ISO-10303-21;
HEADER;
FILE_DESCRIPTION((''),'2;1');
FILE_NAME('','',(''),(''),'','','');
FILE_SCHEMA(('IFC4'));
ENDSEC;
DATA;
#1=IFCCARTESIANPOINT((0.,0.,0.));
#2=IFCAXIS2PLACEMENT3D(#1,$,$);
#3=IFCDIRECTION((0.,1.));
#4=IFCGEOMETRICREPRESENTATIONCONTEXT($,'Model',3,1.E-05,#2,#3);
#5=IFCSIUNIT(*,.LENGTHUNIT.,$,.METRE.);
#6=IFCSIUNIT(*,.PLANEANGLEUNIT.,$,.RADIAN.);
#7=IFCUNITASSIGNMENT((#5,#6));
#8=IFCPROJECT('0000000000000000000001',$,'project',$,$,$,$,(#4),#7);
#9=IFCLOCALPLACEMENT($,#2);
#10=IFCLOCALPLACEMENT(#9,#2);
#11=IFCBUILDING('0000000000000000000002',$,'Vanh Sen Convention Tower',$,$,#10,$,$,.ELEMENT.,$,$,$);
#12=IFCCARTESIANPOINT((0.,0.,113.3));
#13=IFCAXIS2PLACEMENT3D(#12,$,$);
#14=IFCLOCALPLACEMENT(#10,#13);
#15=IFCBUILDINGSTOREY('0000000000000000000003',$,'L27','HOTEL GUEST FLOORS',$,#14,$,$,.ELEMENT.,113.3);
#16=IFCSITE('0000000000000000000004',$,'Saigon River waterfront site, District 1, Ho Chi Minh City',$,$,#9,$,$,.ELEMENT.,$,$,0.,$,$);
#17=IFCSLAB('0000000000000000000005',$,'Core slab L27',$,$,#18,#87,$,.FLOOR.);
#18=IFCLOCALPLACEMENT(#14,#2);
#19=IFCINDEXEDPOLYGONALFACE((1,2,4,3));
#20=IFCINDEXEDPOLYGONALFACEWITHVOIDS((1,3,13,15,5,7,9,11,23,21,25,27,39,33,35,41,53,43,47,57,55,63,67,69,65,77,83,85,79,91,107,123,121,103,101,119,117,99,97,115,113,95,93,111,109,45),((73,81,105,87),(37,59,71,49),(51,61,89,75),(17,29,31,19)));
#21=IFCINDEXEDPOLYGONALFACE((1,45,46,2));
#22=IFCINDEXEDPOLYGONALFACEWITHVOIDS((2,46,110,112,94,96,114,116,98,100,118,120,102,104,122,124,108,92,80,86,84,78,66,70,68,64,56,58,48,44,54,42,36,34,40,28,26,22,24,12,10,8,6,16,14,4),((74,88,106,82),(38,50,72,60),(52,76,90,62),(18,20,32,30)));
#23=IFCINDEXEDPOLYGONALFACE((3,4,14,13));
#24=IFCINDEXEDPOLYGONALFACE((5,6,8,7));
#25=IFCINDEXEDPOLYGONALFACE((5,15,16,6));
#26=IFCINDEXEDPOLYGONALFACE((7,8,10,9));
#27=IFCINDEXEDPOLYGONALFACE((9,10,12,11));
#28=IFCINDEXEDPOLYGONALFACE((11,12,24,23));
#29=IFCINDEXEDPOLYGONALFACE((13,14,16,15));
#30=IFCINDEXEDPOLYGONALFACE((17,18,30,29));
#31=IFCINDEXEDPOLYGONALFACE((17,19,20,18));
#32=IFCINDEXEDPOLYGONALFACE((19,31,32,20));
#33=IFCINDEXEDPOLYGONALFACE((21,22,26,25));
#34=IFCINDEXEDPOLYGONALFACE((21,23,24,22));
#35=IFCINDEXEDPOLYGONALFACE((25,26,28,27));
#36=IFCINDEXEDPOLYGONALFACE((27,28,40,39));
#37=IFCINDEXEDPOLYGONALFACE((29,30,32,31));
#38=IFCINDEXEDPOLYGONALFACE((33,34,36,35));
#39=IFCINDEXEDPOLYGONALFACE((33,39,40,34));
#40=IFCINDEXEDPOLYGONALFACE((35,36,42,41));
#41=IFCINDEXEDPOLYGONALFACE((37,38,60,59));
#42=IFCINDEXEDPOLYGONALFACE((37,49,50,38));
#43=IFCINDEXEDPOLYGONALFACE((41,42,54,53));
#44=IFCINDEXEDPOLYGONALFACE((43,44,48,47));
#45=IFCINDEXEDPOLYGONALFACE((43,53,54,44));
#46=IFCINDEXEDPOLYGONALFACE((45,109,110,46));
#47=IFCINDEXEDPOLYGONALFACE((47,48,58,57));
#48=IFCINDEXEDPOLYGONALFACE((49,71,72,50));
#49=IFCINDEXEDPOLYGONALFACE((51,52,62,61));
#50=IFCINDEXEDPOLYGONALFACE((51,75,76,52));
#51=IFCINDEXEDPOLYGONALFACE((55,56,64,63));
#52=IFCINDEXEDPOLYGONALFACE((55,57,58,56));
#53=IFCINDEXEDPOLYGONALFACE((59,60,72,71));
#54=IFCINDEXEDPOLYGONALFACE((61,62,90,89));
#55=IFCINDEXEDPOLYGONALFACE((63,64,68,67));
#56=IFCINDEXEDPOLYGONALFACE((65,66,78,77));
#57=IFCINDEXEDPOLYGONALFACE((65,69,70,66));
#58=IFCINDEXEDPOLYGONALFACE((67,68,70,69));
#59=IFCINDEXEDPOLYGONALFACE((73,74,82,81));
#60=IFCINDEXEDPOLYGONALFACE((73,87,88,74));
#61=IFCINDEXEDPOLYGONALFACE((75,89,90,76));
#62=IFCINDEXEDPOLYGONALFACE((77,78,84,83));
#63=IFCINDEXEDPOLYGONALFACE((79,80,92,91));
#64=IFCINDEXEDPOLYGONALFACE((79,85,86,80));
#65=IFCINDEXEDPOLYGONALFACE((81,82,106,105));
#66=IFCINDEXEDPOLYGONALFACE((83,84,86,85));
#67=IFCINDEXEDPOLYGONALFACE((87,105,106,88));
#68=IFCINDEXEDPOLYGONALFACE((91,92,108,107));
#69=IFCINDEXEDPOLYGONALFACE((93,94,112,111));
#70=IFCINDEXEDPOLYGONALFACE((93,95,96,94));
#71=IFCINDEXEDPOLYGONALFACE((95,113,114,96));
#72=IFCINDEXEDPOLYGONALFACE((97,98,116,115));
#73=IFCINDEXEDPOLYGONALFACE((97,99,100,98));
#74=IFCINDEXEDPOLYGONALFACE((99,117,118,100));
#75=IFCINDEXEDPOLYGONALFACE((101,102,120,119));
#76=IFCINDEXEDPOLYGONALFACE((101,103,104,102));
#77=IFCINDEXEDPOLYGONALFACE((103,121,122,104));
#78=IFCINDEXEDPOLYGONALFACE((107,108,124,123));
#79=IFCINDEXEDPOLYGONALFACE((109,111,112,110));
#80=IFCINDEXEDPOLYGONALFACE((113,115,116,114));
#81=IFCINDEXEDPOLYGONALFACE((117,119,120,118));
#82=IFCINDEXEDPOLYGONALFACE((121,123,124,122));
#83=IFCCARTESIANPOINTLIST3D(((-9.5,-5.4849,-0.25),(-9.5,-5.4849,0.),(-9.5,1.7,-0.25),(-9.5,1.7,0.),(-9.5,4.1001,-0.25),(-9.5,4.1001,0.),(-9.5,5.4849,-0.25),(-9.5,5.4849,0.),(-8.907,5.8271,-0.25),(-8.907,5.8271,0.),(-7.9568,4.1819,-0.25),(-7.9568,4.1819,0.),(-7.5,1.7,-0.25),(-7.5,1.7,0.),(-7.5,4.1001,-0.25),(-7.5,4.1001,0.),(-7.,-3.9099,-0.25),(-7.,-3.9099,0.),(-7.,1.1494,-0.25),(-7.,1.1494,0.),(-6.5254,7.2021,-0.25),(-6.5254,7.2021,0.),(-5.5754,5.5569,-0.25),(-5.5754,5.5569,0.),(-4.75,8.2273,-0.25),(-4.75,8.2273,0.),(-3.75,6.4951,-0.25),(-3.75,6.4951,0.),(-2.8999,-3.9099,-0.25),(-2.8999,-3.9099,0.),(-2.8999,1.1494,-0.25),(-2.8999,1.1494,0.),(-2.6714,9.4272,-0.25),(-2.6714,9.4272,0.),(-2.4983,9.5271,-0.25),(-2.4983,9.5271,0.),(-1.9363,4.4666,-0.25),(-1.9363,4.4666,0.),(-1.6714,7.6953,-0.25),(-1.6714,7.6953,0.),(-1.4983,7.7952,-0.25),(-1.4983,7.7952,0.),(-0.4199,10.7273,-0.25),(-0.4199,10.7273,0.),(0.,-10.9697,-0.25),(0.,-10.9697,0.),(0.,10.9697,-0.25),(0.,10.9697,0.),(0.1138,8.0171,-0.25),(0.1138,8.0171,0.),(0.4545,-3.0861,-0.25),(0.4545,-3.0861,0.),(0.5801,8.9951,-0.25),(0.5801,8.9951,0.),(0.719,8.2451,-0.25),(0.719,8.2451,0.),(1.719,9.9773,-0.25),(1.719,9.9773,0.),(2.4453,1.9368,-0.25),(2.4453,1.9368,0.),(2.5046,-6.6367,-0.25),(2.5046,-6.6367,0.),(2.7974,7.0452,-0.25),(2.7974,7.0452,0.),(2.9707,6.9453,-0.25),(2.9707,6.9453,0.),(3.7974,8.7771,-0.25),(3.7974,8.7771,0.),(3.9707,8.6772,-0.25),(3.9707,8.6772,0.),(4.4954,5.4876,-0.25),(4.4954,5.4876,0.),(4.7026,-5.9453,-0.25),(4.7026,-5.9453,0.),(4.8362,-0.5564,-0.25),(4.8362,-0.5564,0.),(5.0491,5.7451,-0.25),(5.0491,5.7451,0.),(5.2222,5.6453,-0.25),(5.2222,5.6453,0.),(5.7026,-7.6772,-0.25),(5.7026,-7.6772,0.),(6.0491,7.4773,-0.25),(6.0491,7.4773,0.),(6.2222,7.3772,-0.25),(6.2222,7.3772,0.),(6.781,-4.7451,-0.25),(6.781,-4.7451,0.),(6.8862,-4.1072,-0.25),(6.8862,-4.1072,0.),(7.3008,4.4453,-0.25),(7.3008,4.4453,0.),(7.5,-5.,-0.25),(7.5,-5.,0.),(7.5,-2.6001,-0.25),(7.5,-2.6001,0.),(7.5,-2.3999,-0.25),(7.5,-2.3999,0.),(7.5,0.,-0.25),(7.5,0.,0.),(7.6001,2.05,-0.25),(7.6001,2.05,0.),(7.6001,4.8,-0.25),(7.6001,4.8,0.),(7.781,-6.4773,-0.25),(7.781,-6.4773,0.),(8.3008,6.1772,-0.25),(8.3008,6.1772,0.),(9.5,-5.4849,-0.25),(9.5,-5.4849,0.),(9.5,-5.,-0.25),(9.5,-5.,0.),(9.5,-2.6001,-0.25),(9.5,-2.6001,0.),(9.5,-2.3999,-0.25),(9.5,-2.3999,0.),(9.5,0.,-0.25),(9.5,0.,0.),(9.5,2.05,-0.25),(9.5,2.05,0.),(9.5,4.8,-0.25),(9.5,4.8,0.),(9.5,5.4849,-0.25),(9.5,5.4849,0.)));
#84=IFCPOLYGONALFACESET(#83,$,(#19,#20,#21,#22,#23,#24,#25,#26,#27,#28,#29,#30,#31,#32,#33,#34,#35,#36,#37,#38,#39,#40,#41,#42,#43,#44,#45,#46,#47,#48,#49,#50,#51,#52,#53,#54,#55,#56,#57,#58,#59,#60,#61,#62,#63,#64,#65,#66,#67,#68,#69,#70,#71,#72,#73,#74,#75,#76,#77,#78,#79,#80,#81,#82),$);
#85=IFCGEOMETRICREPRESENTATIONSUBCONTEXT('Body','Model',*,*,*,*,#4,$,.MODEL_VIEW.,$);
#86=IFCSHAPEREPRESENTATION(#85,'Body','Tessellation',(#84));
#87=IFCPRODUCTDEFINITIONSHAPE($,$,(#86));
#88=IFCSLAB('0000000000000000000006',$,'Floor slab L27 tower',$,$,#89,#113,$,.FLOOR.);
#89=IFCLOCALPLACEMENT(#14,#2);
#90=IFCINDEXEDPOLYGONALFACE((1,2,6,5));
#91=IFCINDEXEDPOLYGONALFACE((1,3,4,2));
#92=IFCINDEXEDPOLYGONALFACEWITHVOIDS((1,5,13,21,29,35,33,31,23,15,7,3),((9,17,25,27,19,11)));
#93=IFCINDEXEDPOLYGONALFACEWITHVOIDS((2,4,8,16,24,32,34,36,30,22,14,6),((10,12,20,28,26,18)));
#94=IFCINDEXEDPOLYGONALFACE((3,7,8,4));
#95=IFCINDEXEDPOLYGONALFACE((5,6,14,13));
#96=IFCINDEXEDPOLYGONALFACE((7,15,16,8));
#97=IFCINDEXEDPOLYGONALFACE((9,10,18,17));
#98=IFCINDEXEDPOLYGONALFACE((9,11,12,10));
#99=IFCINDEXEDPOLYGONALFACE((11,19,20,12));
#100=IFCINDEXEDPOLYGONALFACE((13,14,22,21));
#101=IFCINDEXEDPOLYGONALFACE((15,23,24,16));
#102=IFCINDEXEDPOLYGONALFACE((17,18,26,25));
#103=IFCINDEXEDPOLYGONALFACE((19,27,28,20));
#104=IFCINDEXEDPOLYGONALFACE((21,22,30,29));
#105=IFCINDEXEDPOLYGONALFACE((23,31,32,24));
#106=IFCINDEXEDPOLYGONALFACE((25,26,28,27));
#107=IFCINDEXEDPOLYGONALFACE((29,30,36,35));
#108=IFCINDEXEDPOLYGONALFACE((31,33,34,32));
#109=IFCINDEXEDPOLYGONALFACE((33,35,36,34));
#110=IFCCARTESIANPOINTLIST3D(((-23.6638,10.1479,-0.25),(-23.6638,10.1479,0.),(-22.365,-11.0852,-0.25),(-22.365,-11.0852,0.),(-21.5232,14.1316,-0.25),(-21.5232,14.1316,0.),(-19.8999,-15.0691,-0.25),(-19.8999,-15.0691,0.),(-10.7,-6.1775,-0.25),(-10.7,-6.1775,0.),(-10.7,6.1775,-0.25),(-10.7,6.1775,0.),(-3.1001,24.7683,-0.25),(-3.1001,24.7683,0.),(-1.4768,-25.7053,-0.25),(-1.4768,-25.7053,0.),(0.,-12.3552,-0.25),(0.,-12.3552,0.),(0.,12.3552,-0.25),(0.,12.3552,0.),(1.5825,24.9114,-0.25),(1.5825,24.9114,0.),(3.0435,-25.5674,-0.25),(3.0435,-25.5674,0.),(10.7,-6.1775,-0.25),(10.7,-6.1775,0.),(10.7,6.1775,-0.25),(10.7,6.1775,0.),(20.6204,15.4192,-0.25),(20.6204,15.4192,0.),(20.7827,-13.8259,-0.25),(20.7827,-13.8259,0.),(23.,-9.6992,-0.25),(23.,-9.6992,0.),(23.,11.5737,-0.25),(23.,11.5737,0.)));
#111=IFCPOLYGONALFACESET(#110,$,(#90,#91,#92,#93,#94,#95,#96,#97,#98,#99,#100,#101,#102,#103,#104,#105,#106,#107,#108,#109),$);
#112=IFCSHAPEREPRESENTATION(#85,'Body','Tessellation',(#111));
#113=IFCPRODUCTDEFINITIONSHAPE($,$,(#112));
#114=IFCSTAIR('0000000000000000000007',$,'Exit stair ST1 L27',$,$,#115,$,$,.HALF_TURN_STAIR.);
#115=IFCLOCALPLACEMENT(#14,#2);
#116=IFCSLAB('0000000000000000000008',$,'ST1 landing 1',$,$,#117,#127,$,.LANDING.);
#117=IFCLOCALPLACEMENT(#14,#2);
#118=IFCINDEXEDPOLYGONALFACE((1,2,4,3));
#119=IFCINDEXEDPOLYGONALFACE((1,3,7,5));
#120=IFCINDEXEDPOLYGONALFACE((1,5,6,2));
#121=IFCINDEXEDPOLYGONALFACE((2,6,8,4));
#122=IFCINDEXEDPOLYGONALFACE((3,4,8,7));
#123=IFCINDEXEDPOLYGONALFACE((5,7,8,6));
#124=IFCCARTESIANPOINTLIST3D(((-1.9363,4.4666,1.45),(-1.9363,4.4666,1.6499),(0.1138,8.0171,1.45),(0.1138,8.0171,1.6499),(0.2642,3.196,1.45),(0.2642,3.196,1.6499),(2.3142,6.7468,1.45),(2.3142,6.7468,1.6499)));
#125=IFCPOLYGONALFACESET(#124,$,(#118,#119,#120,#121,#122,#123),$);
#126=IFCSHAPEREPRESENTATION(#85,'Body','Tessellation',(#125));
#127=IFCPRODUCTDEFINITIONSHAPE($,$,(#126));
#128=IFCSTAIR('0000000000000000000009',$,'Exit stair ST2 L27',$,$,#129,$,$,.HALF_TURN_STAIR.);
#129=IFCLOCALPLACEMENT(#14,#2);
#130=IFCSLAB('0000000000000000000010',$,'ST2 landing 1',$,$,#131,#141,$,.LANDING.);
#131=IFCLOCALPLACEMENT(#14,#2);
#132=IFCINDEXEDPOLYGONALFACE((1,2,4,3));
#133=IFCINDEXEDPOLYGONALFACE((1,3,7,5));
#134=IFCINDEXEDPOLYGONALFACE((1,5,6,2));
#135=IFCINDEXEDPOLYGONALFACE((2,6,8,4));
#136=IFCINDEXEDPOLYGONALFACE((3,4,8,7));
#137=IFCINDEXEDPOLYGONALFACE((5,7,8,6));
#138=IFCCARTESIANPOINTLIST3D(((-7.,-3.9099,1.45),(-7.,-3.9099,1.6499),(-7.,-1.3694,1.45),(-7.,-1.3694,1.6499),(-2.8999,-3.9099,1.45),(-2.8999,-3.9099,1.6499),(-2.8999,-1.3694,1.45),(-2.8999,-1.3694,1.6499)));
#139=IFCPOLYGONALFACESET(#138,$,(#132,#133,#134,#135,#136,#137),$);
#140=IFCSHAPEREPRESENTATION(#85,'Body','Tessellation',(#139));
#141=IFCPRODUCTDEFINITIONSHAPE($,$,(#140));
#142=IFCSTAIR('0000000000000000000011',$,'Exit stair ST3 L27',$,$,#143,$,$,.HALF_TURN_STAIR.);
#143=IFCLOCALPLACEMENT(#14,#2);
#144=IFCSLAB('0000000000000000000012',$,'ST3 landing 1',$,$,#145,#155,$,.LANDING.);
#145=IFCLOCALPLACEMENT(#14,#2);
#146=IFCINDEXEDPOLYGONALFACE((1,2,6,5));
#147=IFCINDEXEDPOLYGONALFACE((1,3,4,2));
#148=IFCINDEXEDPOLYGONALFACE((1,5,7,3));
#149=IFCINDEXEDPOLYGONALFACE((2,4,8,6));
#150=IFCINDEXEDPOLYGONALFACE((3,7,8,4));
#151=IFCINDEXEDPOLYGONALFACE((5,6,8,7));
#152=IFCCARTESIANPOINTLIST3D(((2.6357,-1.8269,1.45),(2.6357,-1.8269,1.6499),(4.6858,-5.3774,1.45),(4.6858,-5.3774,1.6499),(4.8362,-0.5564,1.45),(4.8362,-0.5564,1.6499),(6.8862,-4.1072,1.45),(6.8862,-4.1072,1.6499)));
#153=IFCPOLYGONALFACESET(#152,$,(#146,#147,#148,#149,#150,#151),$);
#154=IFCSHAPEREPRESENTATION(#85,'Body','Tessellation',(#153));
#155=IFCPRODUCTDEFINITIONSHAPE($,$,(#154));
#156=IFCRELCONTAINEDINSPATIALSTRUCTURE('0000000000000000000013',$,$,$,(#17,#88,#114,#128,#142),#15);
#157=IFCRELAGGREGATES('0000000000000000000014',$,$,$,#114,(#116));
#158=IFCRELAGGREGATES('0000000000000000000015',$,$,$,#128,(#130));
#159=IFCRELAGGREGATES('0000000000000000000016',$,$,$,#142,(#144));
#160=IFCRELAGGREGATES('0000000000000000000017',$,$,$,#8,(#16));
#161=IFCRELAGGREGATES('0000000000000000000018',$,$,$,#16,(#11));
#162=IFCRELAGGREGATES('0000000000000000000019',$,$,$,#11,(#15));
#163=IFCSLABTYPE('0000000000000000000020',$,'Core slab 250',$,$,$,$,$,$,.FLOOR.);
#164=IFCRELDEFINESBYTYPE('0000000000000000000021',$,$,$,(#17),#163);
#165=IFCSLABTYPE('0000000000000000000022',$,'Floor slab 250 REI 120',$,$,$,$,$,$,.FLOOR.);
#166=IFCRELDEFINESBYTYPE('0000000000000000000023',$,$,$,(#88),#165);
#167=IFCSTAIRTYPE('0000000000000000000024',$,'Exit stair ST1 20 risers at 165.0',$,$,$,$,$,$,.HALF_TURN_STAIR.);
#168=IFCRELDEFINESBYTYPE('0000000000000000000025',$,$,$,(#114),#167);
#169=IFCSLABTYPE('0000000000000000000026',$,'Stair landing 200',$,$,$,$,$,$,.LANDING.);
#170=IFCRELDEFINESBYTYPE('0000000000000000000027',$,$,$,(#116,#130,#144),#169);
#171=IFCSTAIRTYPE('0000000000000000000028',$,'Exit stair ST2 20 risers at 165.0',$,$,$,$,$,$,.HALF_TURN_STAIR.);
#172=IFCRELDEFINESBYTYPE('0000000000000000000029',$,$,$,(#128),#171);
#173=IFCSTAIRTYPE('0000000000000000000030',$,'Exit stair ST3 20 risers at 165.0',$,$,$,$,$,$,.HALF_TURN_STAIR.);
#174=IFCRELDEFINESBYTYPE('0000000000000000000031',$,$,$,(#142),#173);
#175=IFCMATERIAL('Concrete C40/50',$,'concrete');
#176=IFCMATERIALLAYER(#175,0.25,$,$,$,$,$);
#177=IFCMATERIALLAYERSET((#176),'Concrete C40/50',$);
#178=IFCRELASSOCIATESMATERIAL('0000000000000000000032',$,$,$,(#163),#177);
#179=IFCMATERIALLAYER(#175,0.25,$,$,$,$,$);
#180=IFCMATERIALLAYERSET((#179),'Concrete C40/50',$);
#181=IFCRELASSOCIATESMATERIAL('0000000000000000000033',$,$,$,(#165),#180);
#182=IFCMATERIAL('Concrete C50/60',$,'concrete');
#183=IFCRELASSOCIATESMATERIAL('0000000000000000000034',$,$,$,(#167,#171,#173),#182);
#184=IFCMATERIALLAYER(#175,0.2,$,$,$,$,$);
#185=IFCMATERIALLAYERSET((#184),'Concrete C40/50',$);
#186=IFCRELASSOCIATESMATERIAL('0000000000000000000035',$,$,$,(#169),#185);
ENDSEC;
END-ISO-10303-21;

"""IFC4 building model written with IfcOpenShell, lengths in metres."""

from ifc_helpers import new_model, si_unit, direction, frame, origin, place, context, subcontext, project, spatial, polyline, outline, extrude, material, layer, layer_set, type_object, element, aggregate, save


model = new_model("IFC4")

# Units and contexts
model_context = context("Model", 3, precision=1e-05, world=origin(), true_north=direction((0.0, 1.0)))
body_context = subcontext(model_context, "Body", "Model", "MODEL_VIEW")
ifc_project = project(units=[si_unit("LENGTHUNIT", "METRE"), si_unit("PLANEANGLEUNIT", "RADIAN")], contexts=[model_context])

# Site, building, storey
site_placement = place(None, origin())
site = spatial("IfcSite", under=ifc_project, at=site_placement, Name="Saigon River waterfront site, District 1, Ho Chi Minh City", CompositionType="ELEMENT", RefElevation=0.0)
building_placement = place(site_placement, origin())
building = spatial("IfcBuilding", under=site, at=building_placement, Name="Vanh Sen Convention Tower", CompositionType="ELEMENT")
storey_placement = place(building_placement, frame((0.0, 0.0, 113.3)))
storey = spatial("IfcBuildingStorey", under=building, at=storey_placement, Name="L27", Description="HOTEL GUEST FLOORS", CompositionType="ELEMENT", Elevation=113.3)

# Slabs
ifc_material_1 = material(Name="Concrete C40/50", Category="concrete")
ifc_layer_1 = layer(ifc_material_1, 0.25)
ifc_layer_set_1 = layer_set([ifc_layer_1], Name="Concrete C40/50")
slab_type_1 = type_object("IfcSlabType", Name="Core slab 250", PredefinedType="FLOOR", material=ifc_layer_set_1)
slab_1_placement = place(storey_placement, frame((0.0, 0.0, -0.25)))
element("IfcSlab", 1, at=slab_1_placement, inside=storey, type_object=slab_type_1, Name="Core slab L27", PredefinedType="FLOOR", context=body_context, shape_type="SweptSolid", body=[
    extrude(outline(polyline([(9.5, 5.4849), (9.5, 4.8), (7.6001, 4.8), (7.6001, 2.05), (9.5, 2.05), (9.5, 0.0), (7.5, 0.0), (7.5, -2.3999), (9.5, -2.3999), (9.5, -2.6001), (7.5, -2.6001), (7.5, -5.0), (9.5, -5.0), (9.5, -5.4849), (0.0, -10.9697), (-9.5, -5.4849), (-9.5, 1.7), (-7.5, 1.7), (-7.5, 4.1001), (-9.5, 4.1001), (-9.5, 5.4849), (-8.907, 5.8271), (-7.9568, 4.1819), (-5.5754, 5.5569), (-6.5254, 7.2021), (-4.75, 8.2273), (-3.75, 6.4951), (-1.6714, 7.6953), (-2.6714, 9.4272), (-2.4983, 9.5271), (-1.4983, 7.7952), (0.5801, 8.9951), (-0.4199, 10.7273), (0.0, 10.9697), (1.719, 9.9773), (0.719, 8.2451), (2.7974, 7.0452), (3.7974, 8.7771), (3.9707, 8.6772), (2.9707, 6.9453), (5.0491, 5.7451), (6.0491, 7.4773), (6.2222, 7.3772), (5.2222, 5.6453), (7.3008, 4.4453), (8.3008, 6.1772), (9.5, 5.4849)]), holes=[polyline([(-7.0, 3.1499), (-7.0, -3.9099), (-2.8999, -3.9099), (-2.8999, 3.1499), (-2.8999, 1.1494), (-7.0, 1.1494), (-7.0, 3.1499)]), polyline([(4.4954, 5.4875), (6.228, 4.4873), (0.1138, 8.0171), (-1.9363, 4.4666), (2.4453, 1.9368), (4.4954, 5.4875)]), polyline([(7.781, -6.4773), (6.781, -4.7451), (4.7026, -5.9453), (5.7026, -7.6772), (7.781, -6.4773)]), polyline([(0.4546, -3.0862), (2.5046, -6.6367), (6.8862, -4.1072), (4.8362, -0.5564), (-1.2781, -4.0864), (0.4546, -3.0862)])]), origin(), (0.0, 0.0, 1.0), 0.25),
])
ifc_layer_2 = layer(ifc_material_1, 0.25)
ifc_layer_set_2 = layer_set([ifc_layer_2], Name="Concrete C40/50")
slab_type_2 = type_object("IfcSlabType", Name="Floor slab 250 REI 120", PredefinedType="FLOOR", material=ifc_layer_set_2)
slab_2_placement = place(storey_placement, frame((0.0, 0.0, -0.25)))
element("IfcSlab", 2, at=slab_2_placement, inside=storey, type_object=slab_type_2, Name="Floor slab L27 tower", PredefinedType="FLOOR", context=body_context, shape_type="SweptSolid", body=[
    extrude(outline(polyline([(23.0, -9.6992), (23.0, 11.5737), (20.6204, 15.4192), (1.5825, 24.9114), (-3.1001, 24.7683), (-21.5232, 14.1316), (-23.6638, 10.1479), (-22.365, -11.0852), (-19.8999, -15.0691), (-1.4768, -25.7053), (3.0435, -25.5674), (20.7827, -13.8259), (23.0, -9.6992)]), holes=[polyline([(0.0, 12.3552), (-10.7, 6.1775), (-10.7, -6.1775), (0.0, -12.3552), (10.7, -6.1775), (10.7, 6.1775), (0.0, 12.3552)])]), origin(), (0.0, 0.0, 1.0), 0.25),
])

# Stairs, slabs
ifc_material_2 = material(Name="Concrete C50/60", Category="concrete")
stair_type_1 = type_object("IfcStairType", Name="Exit stair ST1 20 risers at 165.0", PredefinedType="HALF_TURN_STAIR", material=ifc_material_2)
stair_1_placement = place(storey_placement, origin())
stair_1 = element("IfcStair", 3, at=stair_1_placement, inside=storey, type_object=stair_type_1, Name="Exit stair ST1 L27", PredefinedType="HALF_TURN_STAIR")
ifc_layer_3 = layer(ifc_material_1, 0.2)
ifc_layer_set_3 = layer_set([ifc_layer_3], Name="Concrete C40/50")
slab_type_3 = type_object("IfcSlabType", Name="Stair landing 200", PredefinedType="LANDING", material=ifc_layer_set_3)
slab_3_placement = place(storey_placement, frame((0.0, 0.0, 1.45)))
slab_3 = element("IfcSlab", 4, at=slab_3_placement, type_object=slab_type_3, Name="ST1 landing 1", PredefinedType="LANDING", context=body_context, shape_type="SweptSolid", body=[
    extrude(outline(polyline([(2.3142, 6.7468), (0.1138, 8.0171), (-1.9363, 4.4666), (0.2642, 3.196), (2.3142, 6.7468)])), origin(), (0.0, 0.0, 1.0), 0.2),
])
aggregate(stair_1, [slab_3])
stair_type_2 = type_object("IfcStairType", Name="Exit stair ST2 20 risers at 165.0", PredefinedType="HALF_TURN_STAIR", material=ifc_material_2)
stair_2_placement = place(storey_placement, origin())
stair_2 = element("IfcStair", 5, at=stair_2_placement, inside=storey, type_object=stair_type_2, Name="Exit stair ST2 L27", PredefinedType="HALF_TURN_STAIR")
slab_4_placement = place(storey_placement, frame((0.0, 0.0, 1.45)))
slab_4 = element("IfcSlab", 6, at=slab_4_placement, type_object=slab_type_3, Name="ST2 landing 1", PredefinedType="LANDING", context=body_context, shape_type="SweptSolid", body=[
    extrude(outline(polyline([(-7.0, -1.3694), (-7.0, -3.9099), (-2.8999, -3.9099), (-2.8999, -1.3694), (-7.0, -1.3694)])), origin(), (0.0, 0.0, 1.0), 0.2),
])
aggregate(stair_2, [slab_4])
stair_type_3 = type_object("IfcStairType", Name="Exit stair ST3 20 risers at 165.0", PredefinedType="HALF_TURN_STAIR", material=ifc_material_2)
stair_3_placement = place(storey_placement, origin())
stair_3 = element("IfcStair", 7, at=stair_3_placement, inside=storey, type_object=stair_type_3, Name="Exit stair ST3 L27", PredefinedType="HALF_TURN_STAIR")
slab_5_placement = place(storey_placement, frame((0.0, 0.0, 1.45)))
slab_5 = element("IfcSlab", 8, at=slab_5_placement, type_object=slab_type_3, Name="ST3 landing 1", PredefinedType="LANDING", context=body_context, shape_type="SweptSolid", body=[
    extrude(outline(polyline([(4.6858, -5.3774), (6.8862, -4.1072), (4.8362, -0.5564), (2.6357, -1.8269), (4.6858, -5.3774)])), origin(), (0.0, 0.0, 1.0), 0.2),
])
aggregate(stair_3, [slab_5])

save(model, "model.ifc")
